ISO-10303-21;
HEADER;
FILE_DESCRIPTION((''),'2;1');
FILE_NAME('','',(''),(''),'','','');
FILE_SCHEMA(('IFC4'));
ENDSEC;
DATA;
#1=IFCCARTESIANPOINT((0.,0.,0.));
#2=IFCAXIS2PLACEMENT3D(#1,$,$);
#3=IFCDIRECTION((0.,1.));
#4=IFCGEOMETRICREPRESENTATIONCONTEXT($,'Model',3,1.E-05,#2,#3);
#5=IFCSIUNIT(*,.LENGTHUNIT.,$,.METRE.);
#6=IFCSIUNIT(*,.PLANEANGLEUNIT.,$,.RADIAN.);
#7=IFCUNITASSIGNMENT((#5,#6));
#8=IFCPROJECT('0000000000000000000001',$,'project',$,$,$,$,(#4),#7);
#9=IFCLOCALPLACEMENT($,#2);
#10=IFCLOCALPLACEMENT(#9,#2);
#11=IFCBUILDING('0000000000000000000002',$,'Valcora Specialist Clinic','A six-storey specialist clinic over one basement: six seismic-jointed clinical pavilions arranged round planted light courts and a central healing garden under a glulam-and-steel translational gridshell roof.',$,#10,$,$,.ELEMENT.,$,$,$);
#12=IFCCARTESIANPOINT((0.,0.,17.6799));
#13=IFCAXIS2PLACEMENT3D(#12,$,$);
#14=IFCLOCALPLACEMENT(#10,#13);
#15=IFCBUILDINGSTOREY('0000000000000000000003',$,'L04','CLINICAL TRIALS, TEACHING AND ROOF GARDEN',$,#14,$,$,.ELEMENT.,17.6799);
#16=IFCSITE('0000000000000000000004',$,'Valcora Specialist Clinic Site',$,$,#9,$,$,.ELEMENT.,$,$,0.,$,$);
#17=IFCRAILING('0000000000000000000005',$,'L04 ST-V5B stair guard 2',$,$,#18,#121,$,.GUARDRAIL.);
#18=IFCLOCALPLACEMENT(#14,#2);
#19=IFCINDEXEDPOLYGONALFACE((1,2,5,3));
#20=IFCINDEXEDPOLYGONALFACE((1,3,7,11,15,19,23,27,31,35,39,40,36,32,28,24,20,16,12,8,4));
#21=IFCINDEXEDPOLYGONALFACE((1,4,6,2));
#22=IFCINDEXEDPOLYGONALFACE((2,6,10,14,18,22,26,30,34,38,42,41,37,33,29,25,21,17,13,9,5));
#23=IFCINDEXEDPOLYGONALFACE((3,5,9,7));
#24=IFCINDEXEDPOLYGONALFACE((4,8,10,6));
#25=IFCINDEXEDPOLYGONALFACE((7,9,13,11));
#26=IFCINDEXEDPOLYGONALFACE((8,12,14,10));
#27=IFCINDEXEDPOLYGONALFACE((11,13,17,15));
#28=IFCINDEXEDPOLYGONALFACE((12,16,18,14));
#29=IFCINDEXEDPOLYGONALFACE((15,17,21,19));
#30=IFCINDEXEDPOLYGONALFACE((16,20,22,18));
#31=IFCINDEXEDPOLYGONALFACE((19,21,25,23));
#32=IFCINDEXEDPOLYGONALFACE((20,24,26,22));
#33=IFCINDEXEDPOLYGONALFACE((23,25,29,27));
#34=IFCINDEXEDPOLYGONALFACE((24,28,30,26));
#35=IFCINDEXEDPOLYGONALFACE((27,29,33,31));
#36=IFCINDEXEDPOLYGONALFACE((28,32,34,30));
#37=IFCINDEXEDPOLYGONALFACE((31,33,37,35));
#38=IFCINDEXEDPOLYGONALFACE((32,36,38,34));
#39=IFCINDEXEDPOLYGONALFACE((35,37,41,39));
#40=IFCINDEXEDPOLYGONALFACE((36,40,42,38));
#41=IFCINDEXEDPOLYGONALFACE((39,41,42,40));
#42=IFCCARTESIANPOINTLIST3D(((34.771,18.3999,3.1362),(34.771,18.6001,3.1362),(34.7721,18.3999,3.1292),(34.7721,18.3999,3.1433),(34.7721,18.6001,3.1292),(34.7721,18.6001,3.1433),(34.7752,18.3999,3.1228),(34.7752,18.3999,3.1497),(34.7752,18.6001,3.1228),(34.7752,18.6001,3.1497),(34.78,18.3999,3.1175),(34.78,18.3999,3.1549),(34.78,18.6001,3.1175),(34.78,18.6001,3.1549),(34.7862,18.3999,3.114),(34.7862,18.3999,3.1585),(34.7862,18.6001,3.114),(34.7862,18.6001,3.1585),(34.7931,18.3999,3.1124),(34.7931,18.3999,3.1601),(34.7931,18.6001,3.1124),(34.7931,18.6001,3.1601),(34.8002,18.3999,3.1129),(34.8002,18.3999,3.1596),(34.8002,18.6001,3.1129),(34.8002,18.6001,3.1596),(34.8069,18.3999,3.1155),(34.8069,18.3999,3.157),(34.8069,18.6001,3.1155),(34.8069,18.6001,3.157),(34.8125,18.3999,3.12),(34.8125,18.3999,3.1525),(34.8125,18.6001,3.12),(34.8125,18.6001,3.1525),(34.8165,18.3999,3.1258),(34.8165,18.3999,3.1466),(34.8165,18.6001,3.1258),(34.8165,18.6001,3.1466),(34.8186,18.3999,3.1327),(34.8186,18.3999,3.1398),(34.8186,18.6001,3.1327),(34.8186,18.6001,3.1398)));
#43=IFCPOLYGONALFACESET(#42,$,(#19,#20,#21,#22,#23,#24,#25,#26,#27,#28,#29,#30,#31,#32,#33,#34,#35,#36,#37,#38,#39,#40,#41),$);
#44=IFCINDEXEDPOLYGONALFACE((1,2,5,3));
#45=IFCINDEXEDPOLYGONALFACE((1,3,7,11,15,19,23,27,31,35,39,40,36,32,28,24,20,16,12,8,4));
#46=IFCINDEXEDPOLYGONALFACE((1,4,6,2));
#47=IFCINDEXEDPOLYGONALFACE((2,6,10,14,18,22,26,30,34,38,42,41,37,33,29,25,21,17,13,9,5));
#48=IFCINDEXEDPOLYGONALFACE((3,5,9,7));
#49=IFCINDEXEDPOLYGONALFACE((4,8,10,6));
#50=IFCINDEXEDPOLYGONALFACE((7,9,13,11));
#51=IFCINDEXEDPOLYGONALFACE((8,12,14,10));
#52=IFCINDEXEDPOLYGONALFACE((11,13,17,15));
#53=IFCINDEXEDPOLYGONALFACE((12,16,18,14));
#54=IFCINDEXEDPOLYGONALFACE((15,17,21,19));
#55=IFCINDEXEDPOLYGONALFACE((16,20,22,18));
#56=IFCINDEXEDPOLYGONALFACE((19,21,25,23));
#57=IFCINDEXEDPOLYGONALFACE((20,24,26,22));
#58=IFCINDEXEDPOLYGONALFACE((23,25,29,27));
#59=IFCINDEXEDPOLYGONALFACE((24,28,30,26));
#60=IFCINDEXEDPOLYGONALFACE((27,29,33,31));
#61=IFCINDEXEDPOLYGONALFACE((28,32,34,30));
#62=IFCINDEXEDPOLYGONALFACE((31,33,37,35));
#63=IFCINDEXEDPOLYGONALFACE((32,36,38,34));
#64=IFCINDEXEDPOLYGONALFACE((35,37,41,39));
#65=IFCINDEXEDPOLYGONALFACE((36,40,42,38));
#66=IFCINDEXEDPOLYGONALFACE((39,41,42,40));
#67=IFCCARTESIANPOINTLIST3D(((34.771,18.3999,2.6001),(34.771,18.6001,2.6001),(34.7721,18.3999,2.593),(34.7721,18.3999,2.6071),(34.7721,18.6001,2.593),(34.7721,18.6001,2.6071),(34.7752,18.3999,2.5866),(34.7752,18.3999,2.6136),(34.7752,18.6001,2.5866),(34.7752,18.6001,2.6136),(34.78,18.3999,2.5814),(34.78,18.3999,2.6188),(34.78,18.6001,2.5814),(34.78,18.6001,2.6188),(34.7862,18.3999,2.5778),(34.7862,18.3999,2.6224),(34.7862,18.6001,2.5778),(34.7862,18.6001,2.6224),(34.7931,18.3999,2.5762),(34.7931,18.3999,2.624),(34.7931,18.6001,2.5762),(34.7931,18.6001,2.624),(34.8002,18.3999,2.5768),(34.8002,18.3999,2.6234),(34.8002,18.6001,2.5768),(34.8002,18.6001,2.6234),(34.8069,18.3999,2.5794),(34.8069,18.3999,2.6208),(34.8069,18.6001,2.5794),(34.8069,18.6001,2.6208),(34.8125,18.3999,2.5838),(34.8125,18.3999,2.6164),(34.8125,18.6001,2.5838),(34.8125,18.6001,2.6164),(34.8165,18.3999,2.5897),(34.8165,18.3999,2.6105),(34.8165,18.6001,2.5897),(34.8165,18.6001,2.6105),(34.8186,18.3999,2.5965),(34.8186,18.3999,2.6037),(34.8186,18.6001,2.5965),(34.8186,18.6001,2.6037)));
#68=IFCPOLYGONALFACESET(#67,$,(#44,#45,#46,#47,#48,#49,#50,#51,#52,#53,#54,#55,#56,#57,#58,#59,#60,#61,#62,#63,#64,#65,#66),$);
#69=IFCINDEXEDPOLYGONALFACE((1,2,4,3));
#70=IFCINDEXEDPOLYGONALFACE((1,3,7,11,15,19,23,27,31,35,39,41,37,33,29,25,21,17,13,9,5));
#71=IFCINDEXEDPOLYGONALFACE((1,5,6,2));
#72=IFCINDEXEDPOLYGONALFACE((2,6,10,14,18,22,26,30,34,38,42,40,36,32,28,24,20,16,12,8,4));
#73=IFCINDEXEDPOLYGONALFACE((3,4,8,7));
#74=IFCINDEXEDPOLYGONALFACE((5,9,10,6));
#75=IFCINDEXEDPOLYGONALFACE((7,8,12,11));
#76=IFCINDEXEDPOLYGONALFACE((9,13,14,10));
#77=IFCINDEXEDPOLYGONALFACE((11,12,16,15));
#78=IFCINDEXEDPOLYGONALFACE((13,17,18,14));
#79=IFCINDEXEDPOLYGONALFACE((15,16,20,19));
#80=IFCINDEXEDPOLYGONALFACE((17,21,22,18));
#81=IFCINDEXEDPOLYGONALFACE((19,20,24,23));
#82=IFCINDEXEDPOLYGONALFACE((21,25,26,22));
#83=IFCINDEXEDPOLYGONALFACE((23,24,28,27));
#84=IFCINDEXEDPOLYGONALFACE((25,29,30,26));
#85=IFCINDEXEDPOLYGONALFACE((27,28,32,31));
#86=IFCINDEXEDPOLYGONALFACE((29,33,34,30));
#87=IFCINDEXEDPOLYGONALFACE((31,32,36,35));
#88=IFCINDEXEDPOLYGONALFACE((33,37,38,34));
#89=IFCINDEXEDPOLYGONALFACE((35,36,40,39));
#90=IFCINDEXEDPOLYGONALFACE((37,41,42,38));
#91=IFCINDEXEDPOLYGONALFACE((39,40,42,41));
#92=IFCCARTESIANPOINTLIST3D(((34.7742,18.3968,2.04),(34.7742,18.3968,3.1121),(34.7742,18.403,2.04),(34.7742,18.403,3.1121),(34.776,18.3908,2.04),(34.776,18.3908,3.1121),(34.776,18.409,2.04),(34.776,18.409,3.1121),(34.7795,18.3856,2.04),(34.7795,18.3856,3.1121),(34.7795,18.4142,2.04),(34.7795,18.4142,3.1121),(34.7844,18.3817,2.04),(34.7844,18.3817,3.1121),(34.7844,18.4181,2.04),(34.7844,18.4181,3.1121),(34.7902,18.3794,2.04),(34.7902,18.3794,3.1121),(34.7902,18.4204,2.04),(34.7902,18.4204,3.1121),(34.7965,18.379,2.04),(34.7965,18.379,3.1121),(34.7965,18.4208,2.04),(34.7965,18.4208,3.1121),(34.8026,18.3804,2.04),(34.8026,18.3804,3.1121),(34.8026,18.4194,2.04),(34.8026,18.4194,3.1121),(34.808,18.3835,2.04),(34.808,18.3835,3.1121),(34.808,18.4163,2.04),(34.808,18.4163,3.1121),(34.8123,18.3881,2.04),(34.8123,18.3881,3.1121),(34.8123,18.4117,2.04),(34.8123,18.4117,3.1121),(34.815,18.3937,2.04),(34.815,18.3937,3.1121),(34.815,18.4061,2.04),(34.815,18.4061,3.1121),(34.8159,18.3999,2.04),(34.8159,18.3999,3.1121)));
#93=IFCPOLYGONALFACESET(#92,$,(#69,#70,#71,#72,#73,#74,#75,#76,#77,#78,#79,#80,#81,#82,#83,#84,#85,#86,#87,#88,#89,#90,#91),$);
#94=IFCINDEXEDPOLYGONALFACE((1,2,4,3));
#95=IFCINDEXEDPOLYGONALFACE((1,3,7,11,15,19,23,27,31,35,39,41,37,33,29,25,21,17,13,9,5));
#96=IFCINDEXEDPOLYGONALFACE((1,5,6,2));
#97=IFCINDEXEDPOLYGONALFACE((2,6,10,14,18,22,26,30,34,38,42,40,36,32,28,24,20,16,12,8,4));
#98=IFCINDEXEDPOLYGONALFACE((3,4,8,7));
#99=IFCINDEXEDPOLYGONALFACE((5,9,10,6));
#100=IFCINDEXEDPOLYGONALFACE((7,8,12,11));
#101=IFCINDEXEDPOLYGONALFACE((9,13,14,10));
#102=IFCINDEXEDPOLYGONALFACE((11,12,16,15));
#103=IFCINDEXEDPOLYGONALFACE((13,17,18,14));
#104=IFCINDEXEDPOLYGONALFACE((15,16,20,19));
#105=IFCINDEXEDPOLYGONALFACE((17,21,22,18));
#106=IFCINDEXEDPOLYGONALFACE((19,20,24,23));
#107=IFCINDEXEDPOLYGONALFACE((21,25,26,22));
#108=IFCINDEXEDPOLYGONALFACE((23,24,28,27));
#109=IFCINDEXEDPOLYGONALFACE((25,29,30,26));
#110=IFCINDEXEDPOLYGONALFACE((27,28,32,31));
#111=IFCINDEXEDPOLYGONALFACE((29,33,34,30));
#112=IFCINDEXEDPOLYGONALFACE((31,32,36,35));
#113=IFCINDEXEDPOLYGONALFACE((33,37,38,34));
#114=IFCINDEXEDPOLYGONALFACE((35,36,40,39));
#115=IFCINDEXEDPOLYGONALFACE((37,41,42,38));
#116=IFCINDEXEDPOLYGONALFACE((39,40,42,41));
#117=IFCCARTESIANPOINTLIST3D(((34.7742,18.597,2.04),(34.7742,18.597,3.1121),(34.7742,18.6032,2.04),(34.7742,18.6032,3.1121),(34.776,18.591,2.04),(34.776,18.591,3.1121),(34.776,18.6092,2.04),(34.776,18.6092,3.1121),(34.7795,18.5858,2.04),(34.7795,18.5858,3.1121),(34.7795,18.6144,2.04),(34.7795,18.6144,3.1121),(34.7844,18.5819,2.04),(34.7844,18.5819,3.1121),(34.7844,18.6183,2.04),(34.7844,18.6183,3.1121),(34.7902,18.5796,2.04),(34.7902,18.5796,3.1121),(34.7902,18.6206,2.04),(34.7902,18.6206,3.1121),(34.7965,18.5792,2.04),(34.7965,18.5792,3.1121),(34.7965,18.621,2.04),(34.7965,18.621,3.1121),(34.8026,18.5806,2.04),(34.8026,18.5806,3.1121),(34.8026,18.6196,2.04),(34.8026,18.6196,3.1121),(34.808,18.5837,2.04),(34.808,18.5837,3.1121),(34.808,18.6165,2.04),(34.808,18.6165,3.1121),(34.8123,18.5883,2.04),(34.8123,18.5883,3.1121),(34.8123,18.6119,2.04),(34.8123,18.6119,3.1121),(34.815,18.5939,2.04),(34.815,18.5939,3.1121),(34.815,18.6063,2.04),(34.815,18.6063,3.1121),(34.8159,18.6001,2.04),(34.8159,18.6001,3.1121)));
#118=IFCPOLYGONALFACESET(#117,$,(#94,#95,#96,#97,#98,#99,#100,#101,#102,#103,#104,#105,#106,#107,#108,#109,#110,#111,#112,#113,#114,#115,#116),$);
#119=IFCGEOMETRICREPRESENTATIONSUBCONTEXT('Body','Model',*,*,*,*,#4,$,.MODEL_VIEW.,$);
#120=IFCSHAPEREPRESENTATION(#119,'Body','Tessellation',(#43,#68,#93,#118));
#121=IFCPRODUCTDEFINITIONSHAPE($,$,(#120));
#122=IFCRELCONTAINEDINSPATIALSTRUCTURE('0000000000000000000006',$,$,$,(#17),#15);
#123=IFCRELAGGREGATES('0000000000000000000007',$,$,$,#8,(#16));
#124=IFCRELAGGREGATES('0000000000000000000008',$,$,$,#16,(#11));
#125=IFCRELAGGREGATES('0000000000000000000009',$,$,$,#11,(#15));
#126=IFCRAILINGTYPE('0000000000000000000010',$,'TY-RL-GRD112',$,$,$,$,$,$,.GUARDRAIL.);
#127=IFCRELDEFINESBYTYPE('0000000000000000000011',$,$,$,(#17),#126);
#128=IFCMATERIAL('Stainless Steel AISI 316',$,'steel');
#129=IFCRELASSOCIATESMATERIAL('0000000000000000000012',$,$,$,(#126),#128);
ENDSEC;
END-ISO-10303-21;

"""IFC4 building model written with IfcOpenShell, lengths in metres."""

from ifc_helpers import new_model, si_unit, direction, frame, origin, origin_2d, place, context, subcontext, project, spatial, circle, extrude, material, type_object, element, save


model = new_model("IFC4")

# Units and contexts
model_context = context("Model", 3, precision=1e-05, world=origin(), true_north=direction((0.0, 1.0)))
body_context = subcontext(model_context, "Body", "Model", "MODEL_VIEW")
ifc_project = project(units=[si_unit("LENGTHUNIT", "METRE"), si_unit("PLANEANGLEUNIT", "RADIAN")], contexts=[model_context])

# Site, building, storey
site_placement = place(None, origin())
site = spatial("IfcSite", under=ifc_project, at=site_placement, Name="Valcora Specialist Clinic Site", CompositionType="ELEMENT", RefElevation=0.0)
building_placement = place(site_placement, origin())
building = spatial("IfcBuilding", under=site, at=building_placement, Name="Valcora Specialist Clinic", Description="A six-storey specialist clinic over one basement: six seismic-jointed clinical pavilions arranged round planted light courts and a central healing garden under a glulam-and-steel translational gridshell roof.", CompositionType="ELEMENT")
storey_placement = place(building_placement, frame((0.0, 0.0, 17.6799)))
storey = spatial("IfcBuildingStorey", under=building, at=storey_placement, Name="L04", Description="CLINICAL TRIALS, TEACHING AND ROOF GARDEN", CompositionType="ELEMENT", Elevation=17.6799)

# Railing
ifc_material_1 = material(Name="Stainless Steel AISI 316", Category="steel")
railing_type_1 = type_object("IfcRailingType", Name="TY-RL-GRD112", PredefinedType="GUARDRAIL", material=ifc_material_1)
railing_1_placement = place(storey_placement, frame((34.7949, 18.3999, 2.04)))
element("IfcRailing", 1, at=railing_1_placement, inside=storey, type_object=railing_type_1, Name="L04 ST-V5B stair guard 2", PredefinedType="GUARDRAIL", context=body_context, shape_type="SweptSolid", body=[
    extrude(circle(Radius=0.0239, at=origin_2d()), frame((0.0, 0.0, 1.0962), z_axis=(0.0, 1.0, 0.0), x_axis=(-1.0, 0.0, 0.0)), (0.0, 0.0, 1.0), 0.2002),
    extrude(circle(Radius=0.0239, at=origin_2d()), frame((0.0, 0.0, 0.5601), z_axis=(0.0, 1.0, 0.0), x_axis=(-1.0, 0.0, 0.0)), (0.0, 0.0, 1.0), 0.2002),
    extrude(circle(Radius=0.021, at=origin_2d()), origin(), (0.0, 0.0, 1.0), 1.072),
    extrude(circle(Radius=0.021, at=origin_2d()), frame((0.0, 0.2002, 0.0)), (0.0, 0.0, 1.0), 1.072),
])

save(model, "model.ifc")
